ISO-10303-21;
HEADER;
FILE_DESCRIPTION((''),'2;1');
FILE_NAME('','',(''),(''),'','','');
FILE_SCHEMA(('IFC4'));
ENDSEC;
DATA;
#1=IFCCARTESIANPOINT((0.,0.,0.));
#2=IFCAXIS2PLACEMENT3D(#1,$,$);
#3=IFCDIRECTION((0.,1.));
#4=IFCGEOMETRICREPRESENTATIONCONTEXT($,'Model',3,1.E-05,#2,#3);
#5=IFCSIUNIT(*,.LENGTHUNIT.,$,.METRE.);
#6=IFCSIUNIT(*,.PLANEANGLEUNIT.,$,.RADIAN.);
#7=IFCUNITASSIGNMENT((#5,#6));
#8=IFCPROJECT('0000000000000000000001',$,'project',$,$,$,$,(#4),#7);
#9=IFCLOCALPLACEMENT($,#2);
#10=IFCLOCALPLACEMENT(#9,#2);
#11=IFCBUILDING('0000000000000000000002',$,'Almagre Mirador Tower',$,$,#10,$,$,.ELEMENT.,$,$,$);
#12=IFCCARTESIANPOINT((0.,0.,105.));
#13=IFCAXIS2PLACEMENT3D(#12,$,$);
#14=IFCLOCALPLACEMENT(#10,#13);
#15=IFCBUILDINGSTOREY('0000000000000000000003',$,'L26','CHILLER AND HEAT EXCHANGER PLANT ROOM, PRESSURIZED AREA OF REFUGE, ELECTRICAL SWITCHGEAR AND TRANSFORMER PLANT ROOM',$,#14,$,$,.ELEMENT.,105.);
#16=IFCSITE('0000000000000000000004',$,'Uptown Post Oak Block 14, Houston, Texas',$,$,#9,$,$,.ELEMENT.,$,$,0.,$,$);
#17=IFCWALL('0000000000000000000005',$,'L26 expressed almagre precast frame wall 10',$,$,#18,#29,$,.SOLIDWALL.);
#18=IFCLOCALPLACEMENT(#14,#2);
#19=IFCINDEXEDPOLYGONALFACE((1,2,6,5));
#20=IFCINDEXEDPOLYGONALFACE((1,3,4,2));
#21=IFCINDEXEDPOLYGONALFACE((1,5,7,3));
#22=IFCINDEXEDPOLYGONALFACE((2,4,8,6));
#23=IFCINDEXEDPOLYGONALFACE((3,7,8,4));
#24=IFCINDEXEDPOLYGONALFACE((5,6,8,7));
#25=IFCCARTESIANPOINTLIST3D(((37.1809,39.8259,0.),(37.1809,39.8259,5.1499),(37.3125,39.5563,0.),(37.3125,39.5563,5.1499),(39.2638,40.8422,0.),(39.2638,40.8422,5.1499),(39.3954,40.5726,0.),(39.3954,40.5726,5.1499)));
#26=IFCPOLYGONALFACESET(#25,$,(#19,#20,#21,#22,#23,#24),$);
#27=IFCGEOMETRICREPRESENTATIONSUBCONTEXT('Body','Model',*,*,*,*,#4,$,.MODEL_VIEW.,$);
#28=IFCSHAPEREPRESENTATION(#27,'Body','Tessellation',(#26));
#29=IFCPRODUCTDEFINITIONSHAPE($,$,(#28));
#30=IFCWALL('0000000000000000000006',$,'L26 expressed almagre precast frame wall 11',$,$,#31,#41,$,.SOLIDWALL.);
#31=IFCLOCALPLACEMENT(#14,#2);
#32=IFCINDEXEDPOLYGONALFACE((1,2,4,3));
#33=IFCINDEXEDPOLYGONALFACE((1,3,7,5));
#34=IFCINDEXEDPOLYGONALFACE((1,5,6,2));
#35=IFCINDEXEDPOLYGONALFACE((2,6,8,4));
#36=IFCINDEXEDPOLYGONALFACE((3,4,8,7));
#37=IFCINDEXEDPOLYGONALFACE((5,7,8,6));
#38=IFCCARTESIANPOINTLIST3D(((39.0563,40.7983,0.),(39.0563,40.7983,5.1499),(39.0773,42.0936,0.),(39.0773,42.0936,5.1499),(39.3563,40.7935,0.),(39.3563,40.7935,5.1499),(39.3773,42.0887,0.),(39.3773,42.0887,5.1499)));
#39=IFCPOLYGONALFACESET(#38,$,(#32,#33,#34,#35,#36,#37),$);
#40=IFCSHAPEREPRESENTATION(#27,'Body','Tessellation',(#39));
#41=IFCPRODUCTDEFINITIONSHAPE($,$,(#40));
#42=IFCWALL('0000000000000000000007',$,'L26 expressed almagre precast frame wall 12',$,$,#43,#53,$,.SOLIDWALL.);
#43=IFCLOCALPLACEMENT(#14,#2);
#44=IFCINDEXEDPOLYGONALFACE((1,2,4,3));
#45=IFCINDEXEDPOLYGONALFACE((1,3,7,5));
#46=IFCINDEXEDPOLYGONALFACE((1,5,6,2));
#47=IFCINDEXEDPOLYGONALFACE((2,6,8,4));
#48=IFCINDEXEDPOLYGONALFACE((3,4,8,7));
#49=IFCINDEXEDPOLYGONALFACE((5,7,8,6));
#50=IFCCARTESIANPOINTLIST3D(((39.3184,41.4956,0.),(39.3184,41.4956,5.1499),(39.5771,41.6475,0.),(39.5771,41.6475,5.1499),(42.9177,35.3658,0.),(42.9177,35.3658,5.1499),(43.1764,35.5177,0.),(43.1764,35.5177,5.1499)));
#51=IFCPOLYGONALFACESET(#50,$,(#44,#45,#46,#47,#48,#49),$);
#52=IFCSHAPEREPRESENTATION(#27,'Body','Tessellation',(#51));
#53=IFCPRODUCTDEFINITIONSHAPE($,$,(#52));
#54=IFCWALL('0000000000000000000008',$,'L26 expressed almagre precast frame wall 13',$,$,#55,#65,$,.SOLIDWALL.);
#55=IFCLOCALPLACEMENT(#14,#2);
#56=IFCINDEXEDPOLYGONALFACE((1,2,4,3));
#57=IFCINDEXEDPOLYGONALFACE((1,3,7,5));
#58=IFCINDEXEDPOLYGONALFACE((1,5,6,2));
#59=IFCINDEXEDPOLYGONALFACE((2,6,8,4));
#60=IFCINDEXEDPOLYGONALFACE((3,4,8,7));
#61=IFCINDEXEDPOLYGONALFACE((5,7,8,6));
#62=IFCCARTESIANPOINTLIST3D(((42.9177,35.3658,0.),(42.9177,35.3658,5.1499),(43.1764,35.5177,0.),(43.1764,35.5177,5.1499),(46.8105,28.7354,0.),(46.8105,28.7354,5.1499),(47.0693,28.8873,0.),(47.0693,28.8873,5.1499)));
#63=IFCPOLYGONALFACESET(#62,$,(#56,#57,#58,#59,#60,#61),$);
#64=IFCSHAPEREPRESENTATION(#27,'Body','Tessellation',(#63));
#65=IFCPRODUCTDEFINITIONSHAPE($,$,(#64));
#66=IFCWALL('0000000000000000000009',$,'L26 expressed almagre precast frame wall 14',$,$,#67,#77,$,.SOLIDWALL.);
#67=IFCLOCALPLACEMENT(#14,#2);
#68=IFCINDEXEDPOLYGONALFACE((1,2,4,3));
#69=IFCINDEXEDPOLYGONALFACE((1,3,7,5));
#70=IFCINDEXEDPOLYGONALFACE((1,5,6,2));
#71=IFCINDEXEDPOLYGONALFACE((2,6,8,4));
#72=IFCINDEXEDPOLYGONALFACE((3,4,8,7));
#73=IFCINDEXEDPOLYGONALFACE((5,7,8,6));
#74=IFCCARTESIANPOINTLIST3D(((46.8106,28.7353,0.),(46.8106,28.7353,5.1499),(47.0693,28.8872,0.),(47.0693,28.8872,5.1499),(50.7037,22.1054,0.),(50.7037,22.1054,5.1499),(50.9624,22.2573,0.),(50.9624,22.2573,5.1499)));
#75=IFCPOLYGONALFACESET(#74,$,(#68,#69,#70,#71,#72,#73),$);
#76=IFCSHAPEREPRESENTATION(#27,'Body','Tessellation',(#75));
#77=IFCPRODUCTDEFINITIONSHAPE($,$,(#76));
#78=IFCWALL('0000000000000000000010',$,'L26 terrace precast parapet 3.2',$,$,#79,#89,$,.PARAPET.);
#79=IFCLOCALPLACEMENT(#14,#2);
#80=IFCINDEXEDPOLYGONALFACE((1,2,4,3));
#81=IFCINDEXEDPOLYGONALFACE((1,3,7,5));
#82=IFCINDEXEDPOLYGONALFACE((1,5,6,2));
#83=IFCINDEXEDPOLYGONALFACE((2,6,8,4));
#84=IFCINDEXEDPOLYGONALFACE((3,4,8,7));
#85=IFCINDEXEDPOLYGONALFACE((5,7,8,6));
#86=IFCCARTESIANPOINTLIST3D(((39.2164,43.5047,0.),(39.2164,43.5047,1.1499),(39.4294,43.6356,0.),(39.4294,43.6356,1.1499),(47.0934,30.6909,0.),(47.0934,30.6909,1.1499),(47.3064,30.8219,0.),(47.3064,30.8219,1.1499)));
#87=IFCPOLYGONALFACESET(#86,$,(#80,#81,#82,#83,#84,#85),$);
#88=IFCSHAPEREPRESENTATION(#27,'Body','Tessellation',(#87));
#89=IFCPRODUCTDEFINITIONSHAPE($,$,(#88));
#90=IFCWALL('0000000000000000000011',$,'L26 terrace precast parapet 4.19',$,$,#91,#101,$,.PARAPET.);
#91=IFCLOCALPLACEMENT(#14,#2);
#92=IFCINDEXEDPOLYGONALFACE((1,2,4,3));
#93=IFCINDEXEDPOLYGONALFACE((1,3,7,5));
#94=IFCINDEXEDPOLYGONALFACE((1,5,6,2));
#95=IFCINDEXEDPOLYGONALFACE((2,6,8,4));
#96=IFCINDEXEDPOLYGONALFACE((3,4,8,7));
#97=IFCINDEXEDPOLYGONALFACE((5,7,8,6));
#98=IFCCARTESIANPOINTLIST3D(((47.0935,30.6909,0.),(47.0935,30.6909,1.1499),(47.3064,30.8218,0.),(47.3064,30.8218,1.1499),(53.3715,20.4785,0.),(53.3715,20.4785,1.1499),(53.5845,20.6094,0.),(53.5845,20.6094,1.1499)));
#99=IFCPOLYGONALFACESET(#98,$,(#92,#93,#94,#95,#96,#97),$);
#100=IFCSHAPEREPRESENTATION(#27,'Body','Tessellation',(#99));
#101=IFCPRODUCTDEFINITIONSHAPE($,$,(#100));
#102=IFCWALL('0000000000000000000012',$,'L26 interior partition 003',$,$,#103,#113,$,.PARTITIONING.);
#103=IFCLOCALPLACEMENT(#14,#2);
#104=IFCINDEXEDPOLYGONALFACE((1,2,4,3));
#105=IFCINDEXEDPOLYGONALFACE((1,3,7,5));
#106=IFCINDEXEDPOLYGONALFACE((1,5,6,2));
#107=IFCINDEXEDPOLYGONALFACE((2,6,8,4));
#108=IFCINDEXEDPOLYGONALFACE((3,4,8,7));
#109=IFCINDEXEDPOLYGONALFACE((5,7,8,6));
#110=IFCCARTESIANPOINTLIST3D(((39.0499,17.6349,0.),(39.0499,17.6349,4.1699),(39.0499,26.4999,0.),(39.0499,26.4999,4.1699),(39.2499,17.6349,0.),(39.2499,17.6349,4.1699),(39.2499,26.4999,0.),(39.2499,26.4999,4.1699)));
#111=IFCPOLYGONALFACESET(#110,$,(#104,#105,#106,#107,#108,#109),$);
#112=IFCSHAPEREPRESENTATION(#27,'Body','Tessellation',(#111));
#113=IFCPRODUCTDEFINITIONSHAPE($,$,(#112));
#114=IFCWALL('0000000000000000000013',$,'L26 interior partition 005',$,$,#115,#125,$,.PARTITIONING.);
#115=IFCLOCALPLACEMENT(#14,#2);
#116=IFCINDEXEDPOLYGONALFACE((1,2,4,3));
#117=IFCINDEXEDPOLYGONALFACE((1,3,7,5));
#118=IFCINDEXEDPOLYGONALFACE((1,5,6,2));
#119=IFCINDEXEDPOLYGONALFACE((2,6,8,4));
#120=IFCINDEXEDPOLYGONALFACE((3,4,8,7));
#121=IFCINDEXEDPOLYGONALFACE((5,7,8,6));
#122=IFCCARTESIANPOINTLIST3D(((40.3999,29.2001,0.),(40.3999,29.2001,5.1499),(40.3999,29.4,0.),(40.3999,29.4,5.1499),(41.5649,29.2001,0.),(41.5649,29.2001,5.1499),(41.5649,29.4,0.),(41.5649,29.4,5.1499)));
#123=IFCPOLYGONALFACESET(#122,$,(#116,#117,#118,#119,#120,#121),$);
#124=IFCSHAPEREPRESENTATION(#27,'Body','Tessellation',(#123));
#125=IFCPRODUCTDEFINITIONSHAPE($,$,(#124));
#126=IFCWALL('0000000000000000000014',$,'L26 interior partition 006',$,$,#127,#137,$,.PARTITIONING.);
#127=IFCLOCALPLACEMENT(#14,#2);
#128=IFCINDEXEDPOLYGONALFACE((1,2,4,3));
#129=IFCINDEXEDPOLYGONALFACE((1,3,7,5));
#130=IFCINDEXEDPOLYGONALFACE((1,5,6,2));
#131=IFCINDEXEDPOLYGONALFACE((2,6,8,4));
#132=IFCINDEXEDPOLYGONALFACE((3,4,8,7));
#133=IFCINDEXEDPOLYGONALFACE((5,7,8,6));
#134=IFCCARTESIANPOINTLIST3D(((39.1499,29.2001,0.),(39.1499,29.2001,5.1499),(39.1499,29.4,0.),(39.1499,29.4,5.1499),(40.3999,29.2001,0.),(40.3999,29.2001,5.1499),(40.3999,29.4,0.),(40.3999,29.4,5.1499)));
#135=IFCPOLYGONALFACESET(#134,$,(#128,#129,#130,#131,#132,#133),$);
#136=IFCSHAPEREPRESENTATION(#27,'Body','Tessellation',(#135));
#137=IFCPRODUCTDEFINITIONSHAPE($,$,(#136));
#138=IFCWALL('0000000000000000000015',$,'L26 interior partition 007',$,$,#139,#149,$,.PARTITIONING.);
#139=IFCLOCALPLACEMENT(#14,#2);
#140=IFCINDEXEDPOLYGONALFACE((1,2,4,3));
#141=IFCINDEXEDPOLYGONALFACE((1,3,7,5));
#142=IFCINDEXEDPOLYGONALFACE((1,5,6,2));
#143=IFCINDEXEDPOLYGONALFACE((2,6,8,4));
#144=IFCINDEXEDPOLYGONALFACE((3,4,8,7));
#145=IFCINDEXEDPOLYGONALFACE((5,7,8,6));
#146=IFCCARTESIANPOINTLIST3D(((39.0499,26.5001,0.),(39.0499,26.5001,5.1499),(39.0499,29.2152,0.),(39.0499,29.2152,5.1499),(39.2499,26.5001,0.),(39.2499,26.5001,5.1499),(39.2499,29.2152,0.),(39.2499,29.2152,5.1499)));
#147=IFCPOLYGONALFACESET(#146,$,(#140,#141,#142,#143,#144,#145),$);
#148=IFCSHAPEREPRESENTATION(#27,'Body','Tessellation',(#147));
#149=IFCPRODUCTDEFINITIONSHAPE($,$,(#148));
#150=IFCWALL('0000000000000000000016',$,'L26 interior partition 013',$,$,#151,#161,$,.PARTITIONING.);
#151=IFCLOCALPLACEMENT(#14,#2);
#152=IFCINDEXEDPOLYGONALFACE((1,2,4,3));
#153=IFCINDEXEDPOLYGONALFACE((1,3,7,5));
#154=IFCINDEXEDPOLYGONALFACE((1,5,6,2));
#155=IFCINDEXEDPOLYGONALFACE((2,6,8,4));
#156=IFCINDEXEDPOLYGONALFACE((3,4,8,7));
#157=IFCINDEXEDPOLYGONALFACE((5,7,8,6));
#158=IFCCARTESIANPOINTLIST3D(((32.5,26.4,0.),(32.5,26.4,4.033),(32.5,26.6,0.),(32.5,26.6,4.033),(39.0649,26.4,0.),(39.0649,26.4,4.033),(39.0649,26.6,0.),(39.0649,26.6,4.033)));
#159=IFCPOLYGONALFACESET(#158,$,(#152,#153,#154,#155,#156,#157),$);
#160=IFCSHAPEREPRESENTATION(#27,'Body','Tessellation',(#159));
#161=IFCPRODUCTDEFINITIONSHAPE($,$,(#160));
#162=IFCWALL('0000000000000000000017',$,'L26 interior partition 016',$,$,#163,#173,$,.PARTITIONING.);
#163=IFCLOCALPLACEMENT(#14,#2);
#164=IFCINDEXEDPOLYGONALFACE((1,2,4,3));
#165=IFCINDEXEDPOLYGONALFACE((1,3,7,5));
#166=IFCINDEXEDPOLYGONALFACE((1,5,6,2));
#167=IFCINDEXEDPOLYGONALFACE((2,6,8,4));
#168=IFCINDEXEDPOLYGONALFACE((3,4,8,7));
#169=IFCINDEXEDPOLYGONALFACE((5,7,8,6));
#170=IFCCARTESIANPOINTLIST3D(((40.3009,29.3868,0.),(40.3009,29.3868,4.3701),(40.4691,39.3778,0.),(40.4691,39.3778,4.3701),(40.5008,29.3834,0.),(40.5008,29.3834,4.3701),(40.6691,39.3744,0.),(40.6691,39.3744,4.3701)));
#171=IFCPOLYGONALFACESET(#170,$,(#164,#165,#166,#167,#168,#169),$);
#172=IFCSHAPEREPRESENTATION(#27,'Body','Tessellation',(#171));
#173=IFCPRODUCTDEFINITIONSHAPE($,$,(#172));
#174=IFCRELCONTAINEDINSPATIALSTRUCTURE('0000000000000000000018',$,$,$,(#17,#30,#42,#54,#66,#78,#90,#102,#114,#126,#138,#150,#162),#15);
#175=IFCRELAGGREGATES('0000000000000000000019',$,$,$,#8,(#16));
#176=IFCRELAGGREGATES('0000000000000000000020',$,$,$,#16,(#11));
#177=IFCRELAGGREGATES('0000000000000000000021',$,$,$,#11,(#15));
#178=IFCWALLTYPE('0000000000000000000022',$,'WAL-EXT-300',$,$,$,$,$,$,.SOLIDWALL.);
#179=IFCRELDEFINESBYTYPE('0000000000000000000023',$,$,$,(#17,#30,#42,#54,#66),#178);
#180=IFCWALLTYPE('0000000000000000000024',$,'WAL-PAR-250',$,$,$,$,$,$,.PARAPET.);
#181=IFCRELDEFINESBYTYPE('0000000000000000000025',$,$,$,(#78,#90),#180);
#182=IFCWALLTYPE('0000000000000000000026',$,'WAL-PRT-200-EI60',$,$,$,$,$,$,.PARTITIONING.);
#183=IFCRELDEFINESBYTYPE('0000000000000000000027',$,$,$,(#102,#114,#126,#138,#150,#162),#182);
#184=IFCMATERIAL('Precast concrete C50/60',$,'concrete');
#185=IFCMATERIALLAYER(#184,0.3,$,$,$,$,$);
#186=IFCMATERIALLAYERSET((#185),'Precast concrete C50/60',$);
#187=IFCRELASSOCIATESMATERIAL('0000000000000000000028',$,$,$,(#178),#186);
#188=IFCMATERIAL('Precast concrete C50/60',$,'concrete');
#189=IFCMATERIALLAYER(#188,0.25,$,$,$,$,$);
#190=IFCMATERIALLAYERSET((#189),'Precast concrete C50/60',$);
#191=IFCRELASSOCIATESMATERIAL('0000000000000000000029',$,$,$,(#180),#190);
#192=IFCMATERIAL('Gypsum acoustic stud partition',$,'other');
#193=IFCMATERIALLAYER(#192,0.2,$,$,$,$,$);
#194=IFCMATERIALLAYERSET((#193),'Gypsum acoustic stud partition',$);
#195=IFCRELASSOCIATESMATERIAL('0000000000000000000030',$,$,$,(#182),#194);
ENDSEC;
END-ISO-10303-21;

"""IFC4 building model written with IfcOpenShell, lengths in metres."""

from ifc_helpers import new_model, si_unit, direction, frame, frame_2d, origin, place, context, subcontext, project, spatial, rectangle, extrude, material, layer, layer_set, type_object, element, save


model = new_model("IFC4")

# Units and contexts
model_context = context("Model", 3, precision=1e-05, world=origin(), true_north=direction((0.0, 1.0)))
body_context = subcontext(model_context, "Body", "Model", "MODEL_VIEW")
ifc_project = project(units=[si_unit("LENGTHUNIT", "METRE"), si_unit("PLANEANGLEUNIT", "RADIAN")], contexts=[model_context])

# Site, building, storey
site_placement = place(None, origin())
site = spatial("IfcSite", under=ifc_project, at=site_placement, Name="Uptown Post Oak Block 14, Houston, Texas", CompositionType="ELEMENT", RefElevation=0.0)
building_placement = place(site_placement, origin())
building = spatial("IfcBuilding", under=site, at=building_placement, Name="Almagre Mirador Tower", CompositionType="ELEMENT")
storey_placement = place(building_placement, frame((0.0, 0.0, 105.0)))
storey = spatial("IfcBuildingStorey", under=building, at=storey_placement, Name="L26", Description="CHILLER AND HEAT EXCHANGER PLANT ROOM, PRESSURIZED AREA OF REFUGE, ELECTRICAL SWITCHGEAR AND TRANSFORMER PLANT ROOM", CompositionType="ELEMENT", Elevation=105.0)

# Walls
ifc_material_1 = material(Name="Precast concrete C50/60", Category="concrete")
ifc_layer_1 = layer(ifc_material_1, 0.3)
ifc_layer_set_1 = layer_set([ifc_layer_1], Name="Precast concrete C50/60")
wall_type_1 = type_object("IfcWallType", Name="WAL-EXT-300", PredefinedType="SOLIDWALL", material=ifc_layer_set_1)
wall_1_placement = place(storey_placement, frame((37.2468, 39.6912, 0.0), z_axis=(0.0, 0.0, 1.0), x_axis=(0.898725, 0.438513, 0.0)))
element("IfcWall", 1, at=wall_1_placement, inside=storey, type_object=wall_type_1, Name="L26 expressed almagre precast frame wall 10", PredefinedType="SOLIDWALL", context=body_context, shape_type="SweptSolid", body=[
    extrude(rectangle(XDim=2.3176, YDim=0.3, at=frame_2d((1.1587, 0.0))), origin(), (0.0, 0.0, 1.0), 5.1499),
])
wall_2_placement = place(storey_placement, frame((39.2063, 40.7959, 0.0), z_axis=(0.0, 0.0, 1.0), x_axis=(0.016209, 0.999869, 0.0)))
element("IfcWall", 2, at=wall_2_placement, inside=storey, type_object=wall_type_1, Name="L26 expressed almagre precast frame wall 11", PredefinedType="SOLIDWALL", context=body_context, shape_type="SweptSolid", body=[
    extrude(rectangle(XDim=1.2954, YDim=0.3, at=frame_2d((0.6477, 0.0))), origin(), (0.0, 0.0, 1.0), 5.1499),
])
wall_3_placement = place(storey_placement, frame((39.4478, 41.5715, 0.0), z_axis=(0.0, 0.0, 1.0), x_axis=(0.506346, -0.86233, 0.0)))
element("IfcWall", 3, at=wall_3_placement, inside=storey, type_object=wall_type_1, Name="L26 expressed almagre precast frame wall 12", PredefinedType="SOLIDWALL", context=body_context, shape_type="SweptSolid", body=[
    extrude(rectangle(XDim=7.1084, YDim=0.3, at=frame_2d((3.5542, 0.0))), origin(), (0.0, 0.0, 1.0), 5.1499),
])
wall_4_placement = place(storey_placement, frame((43.0471, 35.4417, 0.0), z_axis=(0.0, 0.0, 1.0), x_axis=(0.506305, -0.862354, 0.0)))
element("IfcWall", 4, at=wall_4_placement, inside=storey, type_object=wall_type_1, Name="L26 expressed almagre precast frame wall 13", PredefinedType="SOLIDWALL", context=body_context, shape_type="SweptSolid", body=[
    extrude(rectangle(XDim=7.6887, YDim=0.3, at=frame_2d((3.8442, 0.0))), origin(), (0.0, 0.0, 1.0), 5.1499),
])
wall_5_placement = place(storey_placement, frame((46.9399, 28.8113, 0.0), z_axis=(0.0, 0.0, 1.0), x_axis=(0.506357, -0.862324, 0.0)))
element("IfcWall", 5, at=wall_5_placement, inside=storey, type_object=wall_type_1, Name="L26 expressed almagre precast frame wall 14", PredefinedType="SOLIDWALL", context=body_context, shape_type="SweptSolid", body=[
    extrude(rectangle(XDim=7.6885, YDim=0.3, at=frame_2d((3.8442, 0.0))), origin(), (0.0, 0.0, 1.0), 5.1499),
])
ifc_material_2 = material(Name="Precast concrete C50/60", Category="concrete")
ifc_layer_2 = layer(ifc_material_2, 0.25)
ifc_layer_set_2 = layer_set([ifc_layer_2], Name="Precast concrete C50/60")
wall_type_2 = type_object("IfcWallType", Name="WAL-PAR-250", PredefinedType="PARAPET", material=ifc_layer_set_2)
wall_6_placement = place(storey_placement, frame((39.323, 43.5701, 0.0), z_axis=(0.0, 0.0, 1.0), x_axis=(0.523692, -0.851908, 0.0)))
element("IfcWall", 6, at=wall_6_placement, inside=storey, type_object=wall_type_2, Name="L26 terrace precast parapet 3.2", PredefinedType="PARAPET", context=body_context, shape_type="SweptSolid", body=[
    extrude(rectangle(XDim=15.0413, YDim=0.25, at=frame_2d((7.5205, 0.0))), origin(), (0.0, 0.0, 1.0), 1.1499),
])
wall_7_placement = place(storey_placement, frame((47.2, 30.7563, 0.0), z_axis=(0.0, 0.0, 1.0), x_axis=(0.523705, -0.851899, 0.0)))
element("IfcWall", 7, at=wall_7_placement, inside=storey, type_object=wall_type_2, Name="L26 terrace precast parapet 4.19", PredefinedType="PARAPET", context=body_context, shape_type="SweptSolid", body=[
    extrude(rectangle(XDim=11.9878, YDim=0.25, at=frame_2d((5.9939, 0.0))), origin(), (0.0, 0.0, 1.0), 1.1499),
])
ifc_material_3 = material(Name="Gypsum acoustic stud partition", Category="other")
ifc_layer_3 = layer(ifc_material_3, 0.2)
ifc_layer_set_3 = layer_set([ifc_layer_3], Name="Gypsum acoustic stud partition")
wall_type_3 = type_object("IfcWallType", Name="WAL-PRT-200-EI60", PredefinedType="PARTITIONING", material=ifc_layer_set_3)
wall_8_placement = place(storey_placement, frame((39.1499, 26.5, 0.0), z_axis=(0.0, 0.0, 1.0), x_axis=(0.0, -1.0, 0.0)))
element("IfcWall", 8, at=wall_8_placement, inside=storey, type_object=wall_type_3, Name="L26 interior partition 003", PredefinedType="PARTITIONING", context=body_context, shape_type="SweptSolid", body=[
    extrude(rectangle(XDim=8.865, YDim=0.2, at=frame_2d((4.4326, 0.0))), origin(), (0.0, 0.0, 1.0), 4.1699),
])
wall_9_placement = place(storey_placement, frame((41.5649, 29.3, 0.0), z_axis=(0.0, 0.0, 1.0), x_axis=(-1.0, 0.0, 0.0)))
element("IfcWall", 9, at=wall_9_placement, inside=storey, type_object=wall_type_3, Name="L26 interior partition 005", PredefinedType="PARTITIONING", context=body_context, shape_type="SweptSolid", body=[
    extrude(rectangle(XDim=1.165, YDim=0.2, at=frame_2d((0.5825, 0.0))), origin(), (0.0, 0.0, 1.0), 5.1499),
])
wall_10_placement = place(storey_placement, frame((40.3999, 29.3, 0.0), z_axis=(0.0, 0.0, 1.0), x_axis=(-1.0, 0.0, 0.0)))
element("IfcWall", 10, at=wall_10_placement, inside=storey, type_object=wall_type_3, Name="L26 interior partition 006", PredefinedType="PARTITIONING", context=body_context, shape_type="SweptSolid", body=[
    extrude(rectangle(XDim=1.25, YDim=0.2, at=frame_2d((0.625, 0.0))), origin(), (0.0, 0.0, 1.0), 5.1499),
])
wall_11_placement = place(storey_placement, frame((39.1499, 29.2151, 0.0), z_axis=(0.0, 0.0, 1.0), x_axis=(0.0, -1.0, 0.0)))
element("IfcWall", 11, at=wall_11_placement, inside=storey, type_object=wall_type_3, Name="L26 interior partition 007", PredefinedType="PARTITIONING", context=body_context, shape_type="SweptSolid", body=[
    extrude(rectangle(XDim=2.7151, YDim=0.2, at=frame_2d((1.3574, 0.0))), origin(), (0.0, 0.0, 1.0), 5.1499),
])
wall_12_placement = place(storey_placement, frame((39.0649, 26.5, 0.0), z_axis=(0.0, 0.0, 1.0), x_axis=(-1.0, 0.0, 0.0)))
element("IfcWall", 12, at=wall_12_placement, inside=storey, type_object=wall_type_3, Name="L26 interior partition 013", PredefinedType="PARTITIONING", context=body_context, shape_type="SweptSolid", body=[
    extrude(rectangle(XDim=6.5649, YDim=0.2, at=frame_2d((3.2825, 0.0))), origin(), (0.0, 0.0, 1.0), 4.033),
])
wall_13_placement = place(storey_placement, frame((40.5691, 39.376, 0.0), z_axis=(0.0, 0.0, 1.0), x_axis=(-0.016834, -0.999858, 0.0)))
element("IfcWall", 13, at=wall_13_placement, inside=storey, type_object=wall_type_3, Name="L26 interior partition 016", PredefinedType="PARTITIONING", context=body_context, shape_type="SweptSolid", body=[
    extrude(rectangle(XDim=9.9924, YDim=0.2, at=frame_2d((4.9961, 0.0))), origin(), (0.0, 0.0, 1.0), 4.3701),
])

save(model, "model.ifc")
